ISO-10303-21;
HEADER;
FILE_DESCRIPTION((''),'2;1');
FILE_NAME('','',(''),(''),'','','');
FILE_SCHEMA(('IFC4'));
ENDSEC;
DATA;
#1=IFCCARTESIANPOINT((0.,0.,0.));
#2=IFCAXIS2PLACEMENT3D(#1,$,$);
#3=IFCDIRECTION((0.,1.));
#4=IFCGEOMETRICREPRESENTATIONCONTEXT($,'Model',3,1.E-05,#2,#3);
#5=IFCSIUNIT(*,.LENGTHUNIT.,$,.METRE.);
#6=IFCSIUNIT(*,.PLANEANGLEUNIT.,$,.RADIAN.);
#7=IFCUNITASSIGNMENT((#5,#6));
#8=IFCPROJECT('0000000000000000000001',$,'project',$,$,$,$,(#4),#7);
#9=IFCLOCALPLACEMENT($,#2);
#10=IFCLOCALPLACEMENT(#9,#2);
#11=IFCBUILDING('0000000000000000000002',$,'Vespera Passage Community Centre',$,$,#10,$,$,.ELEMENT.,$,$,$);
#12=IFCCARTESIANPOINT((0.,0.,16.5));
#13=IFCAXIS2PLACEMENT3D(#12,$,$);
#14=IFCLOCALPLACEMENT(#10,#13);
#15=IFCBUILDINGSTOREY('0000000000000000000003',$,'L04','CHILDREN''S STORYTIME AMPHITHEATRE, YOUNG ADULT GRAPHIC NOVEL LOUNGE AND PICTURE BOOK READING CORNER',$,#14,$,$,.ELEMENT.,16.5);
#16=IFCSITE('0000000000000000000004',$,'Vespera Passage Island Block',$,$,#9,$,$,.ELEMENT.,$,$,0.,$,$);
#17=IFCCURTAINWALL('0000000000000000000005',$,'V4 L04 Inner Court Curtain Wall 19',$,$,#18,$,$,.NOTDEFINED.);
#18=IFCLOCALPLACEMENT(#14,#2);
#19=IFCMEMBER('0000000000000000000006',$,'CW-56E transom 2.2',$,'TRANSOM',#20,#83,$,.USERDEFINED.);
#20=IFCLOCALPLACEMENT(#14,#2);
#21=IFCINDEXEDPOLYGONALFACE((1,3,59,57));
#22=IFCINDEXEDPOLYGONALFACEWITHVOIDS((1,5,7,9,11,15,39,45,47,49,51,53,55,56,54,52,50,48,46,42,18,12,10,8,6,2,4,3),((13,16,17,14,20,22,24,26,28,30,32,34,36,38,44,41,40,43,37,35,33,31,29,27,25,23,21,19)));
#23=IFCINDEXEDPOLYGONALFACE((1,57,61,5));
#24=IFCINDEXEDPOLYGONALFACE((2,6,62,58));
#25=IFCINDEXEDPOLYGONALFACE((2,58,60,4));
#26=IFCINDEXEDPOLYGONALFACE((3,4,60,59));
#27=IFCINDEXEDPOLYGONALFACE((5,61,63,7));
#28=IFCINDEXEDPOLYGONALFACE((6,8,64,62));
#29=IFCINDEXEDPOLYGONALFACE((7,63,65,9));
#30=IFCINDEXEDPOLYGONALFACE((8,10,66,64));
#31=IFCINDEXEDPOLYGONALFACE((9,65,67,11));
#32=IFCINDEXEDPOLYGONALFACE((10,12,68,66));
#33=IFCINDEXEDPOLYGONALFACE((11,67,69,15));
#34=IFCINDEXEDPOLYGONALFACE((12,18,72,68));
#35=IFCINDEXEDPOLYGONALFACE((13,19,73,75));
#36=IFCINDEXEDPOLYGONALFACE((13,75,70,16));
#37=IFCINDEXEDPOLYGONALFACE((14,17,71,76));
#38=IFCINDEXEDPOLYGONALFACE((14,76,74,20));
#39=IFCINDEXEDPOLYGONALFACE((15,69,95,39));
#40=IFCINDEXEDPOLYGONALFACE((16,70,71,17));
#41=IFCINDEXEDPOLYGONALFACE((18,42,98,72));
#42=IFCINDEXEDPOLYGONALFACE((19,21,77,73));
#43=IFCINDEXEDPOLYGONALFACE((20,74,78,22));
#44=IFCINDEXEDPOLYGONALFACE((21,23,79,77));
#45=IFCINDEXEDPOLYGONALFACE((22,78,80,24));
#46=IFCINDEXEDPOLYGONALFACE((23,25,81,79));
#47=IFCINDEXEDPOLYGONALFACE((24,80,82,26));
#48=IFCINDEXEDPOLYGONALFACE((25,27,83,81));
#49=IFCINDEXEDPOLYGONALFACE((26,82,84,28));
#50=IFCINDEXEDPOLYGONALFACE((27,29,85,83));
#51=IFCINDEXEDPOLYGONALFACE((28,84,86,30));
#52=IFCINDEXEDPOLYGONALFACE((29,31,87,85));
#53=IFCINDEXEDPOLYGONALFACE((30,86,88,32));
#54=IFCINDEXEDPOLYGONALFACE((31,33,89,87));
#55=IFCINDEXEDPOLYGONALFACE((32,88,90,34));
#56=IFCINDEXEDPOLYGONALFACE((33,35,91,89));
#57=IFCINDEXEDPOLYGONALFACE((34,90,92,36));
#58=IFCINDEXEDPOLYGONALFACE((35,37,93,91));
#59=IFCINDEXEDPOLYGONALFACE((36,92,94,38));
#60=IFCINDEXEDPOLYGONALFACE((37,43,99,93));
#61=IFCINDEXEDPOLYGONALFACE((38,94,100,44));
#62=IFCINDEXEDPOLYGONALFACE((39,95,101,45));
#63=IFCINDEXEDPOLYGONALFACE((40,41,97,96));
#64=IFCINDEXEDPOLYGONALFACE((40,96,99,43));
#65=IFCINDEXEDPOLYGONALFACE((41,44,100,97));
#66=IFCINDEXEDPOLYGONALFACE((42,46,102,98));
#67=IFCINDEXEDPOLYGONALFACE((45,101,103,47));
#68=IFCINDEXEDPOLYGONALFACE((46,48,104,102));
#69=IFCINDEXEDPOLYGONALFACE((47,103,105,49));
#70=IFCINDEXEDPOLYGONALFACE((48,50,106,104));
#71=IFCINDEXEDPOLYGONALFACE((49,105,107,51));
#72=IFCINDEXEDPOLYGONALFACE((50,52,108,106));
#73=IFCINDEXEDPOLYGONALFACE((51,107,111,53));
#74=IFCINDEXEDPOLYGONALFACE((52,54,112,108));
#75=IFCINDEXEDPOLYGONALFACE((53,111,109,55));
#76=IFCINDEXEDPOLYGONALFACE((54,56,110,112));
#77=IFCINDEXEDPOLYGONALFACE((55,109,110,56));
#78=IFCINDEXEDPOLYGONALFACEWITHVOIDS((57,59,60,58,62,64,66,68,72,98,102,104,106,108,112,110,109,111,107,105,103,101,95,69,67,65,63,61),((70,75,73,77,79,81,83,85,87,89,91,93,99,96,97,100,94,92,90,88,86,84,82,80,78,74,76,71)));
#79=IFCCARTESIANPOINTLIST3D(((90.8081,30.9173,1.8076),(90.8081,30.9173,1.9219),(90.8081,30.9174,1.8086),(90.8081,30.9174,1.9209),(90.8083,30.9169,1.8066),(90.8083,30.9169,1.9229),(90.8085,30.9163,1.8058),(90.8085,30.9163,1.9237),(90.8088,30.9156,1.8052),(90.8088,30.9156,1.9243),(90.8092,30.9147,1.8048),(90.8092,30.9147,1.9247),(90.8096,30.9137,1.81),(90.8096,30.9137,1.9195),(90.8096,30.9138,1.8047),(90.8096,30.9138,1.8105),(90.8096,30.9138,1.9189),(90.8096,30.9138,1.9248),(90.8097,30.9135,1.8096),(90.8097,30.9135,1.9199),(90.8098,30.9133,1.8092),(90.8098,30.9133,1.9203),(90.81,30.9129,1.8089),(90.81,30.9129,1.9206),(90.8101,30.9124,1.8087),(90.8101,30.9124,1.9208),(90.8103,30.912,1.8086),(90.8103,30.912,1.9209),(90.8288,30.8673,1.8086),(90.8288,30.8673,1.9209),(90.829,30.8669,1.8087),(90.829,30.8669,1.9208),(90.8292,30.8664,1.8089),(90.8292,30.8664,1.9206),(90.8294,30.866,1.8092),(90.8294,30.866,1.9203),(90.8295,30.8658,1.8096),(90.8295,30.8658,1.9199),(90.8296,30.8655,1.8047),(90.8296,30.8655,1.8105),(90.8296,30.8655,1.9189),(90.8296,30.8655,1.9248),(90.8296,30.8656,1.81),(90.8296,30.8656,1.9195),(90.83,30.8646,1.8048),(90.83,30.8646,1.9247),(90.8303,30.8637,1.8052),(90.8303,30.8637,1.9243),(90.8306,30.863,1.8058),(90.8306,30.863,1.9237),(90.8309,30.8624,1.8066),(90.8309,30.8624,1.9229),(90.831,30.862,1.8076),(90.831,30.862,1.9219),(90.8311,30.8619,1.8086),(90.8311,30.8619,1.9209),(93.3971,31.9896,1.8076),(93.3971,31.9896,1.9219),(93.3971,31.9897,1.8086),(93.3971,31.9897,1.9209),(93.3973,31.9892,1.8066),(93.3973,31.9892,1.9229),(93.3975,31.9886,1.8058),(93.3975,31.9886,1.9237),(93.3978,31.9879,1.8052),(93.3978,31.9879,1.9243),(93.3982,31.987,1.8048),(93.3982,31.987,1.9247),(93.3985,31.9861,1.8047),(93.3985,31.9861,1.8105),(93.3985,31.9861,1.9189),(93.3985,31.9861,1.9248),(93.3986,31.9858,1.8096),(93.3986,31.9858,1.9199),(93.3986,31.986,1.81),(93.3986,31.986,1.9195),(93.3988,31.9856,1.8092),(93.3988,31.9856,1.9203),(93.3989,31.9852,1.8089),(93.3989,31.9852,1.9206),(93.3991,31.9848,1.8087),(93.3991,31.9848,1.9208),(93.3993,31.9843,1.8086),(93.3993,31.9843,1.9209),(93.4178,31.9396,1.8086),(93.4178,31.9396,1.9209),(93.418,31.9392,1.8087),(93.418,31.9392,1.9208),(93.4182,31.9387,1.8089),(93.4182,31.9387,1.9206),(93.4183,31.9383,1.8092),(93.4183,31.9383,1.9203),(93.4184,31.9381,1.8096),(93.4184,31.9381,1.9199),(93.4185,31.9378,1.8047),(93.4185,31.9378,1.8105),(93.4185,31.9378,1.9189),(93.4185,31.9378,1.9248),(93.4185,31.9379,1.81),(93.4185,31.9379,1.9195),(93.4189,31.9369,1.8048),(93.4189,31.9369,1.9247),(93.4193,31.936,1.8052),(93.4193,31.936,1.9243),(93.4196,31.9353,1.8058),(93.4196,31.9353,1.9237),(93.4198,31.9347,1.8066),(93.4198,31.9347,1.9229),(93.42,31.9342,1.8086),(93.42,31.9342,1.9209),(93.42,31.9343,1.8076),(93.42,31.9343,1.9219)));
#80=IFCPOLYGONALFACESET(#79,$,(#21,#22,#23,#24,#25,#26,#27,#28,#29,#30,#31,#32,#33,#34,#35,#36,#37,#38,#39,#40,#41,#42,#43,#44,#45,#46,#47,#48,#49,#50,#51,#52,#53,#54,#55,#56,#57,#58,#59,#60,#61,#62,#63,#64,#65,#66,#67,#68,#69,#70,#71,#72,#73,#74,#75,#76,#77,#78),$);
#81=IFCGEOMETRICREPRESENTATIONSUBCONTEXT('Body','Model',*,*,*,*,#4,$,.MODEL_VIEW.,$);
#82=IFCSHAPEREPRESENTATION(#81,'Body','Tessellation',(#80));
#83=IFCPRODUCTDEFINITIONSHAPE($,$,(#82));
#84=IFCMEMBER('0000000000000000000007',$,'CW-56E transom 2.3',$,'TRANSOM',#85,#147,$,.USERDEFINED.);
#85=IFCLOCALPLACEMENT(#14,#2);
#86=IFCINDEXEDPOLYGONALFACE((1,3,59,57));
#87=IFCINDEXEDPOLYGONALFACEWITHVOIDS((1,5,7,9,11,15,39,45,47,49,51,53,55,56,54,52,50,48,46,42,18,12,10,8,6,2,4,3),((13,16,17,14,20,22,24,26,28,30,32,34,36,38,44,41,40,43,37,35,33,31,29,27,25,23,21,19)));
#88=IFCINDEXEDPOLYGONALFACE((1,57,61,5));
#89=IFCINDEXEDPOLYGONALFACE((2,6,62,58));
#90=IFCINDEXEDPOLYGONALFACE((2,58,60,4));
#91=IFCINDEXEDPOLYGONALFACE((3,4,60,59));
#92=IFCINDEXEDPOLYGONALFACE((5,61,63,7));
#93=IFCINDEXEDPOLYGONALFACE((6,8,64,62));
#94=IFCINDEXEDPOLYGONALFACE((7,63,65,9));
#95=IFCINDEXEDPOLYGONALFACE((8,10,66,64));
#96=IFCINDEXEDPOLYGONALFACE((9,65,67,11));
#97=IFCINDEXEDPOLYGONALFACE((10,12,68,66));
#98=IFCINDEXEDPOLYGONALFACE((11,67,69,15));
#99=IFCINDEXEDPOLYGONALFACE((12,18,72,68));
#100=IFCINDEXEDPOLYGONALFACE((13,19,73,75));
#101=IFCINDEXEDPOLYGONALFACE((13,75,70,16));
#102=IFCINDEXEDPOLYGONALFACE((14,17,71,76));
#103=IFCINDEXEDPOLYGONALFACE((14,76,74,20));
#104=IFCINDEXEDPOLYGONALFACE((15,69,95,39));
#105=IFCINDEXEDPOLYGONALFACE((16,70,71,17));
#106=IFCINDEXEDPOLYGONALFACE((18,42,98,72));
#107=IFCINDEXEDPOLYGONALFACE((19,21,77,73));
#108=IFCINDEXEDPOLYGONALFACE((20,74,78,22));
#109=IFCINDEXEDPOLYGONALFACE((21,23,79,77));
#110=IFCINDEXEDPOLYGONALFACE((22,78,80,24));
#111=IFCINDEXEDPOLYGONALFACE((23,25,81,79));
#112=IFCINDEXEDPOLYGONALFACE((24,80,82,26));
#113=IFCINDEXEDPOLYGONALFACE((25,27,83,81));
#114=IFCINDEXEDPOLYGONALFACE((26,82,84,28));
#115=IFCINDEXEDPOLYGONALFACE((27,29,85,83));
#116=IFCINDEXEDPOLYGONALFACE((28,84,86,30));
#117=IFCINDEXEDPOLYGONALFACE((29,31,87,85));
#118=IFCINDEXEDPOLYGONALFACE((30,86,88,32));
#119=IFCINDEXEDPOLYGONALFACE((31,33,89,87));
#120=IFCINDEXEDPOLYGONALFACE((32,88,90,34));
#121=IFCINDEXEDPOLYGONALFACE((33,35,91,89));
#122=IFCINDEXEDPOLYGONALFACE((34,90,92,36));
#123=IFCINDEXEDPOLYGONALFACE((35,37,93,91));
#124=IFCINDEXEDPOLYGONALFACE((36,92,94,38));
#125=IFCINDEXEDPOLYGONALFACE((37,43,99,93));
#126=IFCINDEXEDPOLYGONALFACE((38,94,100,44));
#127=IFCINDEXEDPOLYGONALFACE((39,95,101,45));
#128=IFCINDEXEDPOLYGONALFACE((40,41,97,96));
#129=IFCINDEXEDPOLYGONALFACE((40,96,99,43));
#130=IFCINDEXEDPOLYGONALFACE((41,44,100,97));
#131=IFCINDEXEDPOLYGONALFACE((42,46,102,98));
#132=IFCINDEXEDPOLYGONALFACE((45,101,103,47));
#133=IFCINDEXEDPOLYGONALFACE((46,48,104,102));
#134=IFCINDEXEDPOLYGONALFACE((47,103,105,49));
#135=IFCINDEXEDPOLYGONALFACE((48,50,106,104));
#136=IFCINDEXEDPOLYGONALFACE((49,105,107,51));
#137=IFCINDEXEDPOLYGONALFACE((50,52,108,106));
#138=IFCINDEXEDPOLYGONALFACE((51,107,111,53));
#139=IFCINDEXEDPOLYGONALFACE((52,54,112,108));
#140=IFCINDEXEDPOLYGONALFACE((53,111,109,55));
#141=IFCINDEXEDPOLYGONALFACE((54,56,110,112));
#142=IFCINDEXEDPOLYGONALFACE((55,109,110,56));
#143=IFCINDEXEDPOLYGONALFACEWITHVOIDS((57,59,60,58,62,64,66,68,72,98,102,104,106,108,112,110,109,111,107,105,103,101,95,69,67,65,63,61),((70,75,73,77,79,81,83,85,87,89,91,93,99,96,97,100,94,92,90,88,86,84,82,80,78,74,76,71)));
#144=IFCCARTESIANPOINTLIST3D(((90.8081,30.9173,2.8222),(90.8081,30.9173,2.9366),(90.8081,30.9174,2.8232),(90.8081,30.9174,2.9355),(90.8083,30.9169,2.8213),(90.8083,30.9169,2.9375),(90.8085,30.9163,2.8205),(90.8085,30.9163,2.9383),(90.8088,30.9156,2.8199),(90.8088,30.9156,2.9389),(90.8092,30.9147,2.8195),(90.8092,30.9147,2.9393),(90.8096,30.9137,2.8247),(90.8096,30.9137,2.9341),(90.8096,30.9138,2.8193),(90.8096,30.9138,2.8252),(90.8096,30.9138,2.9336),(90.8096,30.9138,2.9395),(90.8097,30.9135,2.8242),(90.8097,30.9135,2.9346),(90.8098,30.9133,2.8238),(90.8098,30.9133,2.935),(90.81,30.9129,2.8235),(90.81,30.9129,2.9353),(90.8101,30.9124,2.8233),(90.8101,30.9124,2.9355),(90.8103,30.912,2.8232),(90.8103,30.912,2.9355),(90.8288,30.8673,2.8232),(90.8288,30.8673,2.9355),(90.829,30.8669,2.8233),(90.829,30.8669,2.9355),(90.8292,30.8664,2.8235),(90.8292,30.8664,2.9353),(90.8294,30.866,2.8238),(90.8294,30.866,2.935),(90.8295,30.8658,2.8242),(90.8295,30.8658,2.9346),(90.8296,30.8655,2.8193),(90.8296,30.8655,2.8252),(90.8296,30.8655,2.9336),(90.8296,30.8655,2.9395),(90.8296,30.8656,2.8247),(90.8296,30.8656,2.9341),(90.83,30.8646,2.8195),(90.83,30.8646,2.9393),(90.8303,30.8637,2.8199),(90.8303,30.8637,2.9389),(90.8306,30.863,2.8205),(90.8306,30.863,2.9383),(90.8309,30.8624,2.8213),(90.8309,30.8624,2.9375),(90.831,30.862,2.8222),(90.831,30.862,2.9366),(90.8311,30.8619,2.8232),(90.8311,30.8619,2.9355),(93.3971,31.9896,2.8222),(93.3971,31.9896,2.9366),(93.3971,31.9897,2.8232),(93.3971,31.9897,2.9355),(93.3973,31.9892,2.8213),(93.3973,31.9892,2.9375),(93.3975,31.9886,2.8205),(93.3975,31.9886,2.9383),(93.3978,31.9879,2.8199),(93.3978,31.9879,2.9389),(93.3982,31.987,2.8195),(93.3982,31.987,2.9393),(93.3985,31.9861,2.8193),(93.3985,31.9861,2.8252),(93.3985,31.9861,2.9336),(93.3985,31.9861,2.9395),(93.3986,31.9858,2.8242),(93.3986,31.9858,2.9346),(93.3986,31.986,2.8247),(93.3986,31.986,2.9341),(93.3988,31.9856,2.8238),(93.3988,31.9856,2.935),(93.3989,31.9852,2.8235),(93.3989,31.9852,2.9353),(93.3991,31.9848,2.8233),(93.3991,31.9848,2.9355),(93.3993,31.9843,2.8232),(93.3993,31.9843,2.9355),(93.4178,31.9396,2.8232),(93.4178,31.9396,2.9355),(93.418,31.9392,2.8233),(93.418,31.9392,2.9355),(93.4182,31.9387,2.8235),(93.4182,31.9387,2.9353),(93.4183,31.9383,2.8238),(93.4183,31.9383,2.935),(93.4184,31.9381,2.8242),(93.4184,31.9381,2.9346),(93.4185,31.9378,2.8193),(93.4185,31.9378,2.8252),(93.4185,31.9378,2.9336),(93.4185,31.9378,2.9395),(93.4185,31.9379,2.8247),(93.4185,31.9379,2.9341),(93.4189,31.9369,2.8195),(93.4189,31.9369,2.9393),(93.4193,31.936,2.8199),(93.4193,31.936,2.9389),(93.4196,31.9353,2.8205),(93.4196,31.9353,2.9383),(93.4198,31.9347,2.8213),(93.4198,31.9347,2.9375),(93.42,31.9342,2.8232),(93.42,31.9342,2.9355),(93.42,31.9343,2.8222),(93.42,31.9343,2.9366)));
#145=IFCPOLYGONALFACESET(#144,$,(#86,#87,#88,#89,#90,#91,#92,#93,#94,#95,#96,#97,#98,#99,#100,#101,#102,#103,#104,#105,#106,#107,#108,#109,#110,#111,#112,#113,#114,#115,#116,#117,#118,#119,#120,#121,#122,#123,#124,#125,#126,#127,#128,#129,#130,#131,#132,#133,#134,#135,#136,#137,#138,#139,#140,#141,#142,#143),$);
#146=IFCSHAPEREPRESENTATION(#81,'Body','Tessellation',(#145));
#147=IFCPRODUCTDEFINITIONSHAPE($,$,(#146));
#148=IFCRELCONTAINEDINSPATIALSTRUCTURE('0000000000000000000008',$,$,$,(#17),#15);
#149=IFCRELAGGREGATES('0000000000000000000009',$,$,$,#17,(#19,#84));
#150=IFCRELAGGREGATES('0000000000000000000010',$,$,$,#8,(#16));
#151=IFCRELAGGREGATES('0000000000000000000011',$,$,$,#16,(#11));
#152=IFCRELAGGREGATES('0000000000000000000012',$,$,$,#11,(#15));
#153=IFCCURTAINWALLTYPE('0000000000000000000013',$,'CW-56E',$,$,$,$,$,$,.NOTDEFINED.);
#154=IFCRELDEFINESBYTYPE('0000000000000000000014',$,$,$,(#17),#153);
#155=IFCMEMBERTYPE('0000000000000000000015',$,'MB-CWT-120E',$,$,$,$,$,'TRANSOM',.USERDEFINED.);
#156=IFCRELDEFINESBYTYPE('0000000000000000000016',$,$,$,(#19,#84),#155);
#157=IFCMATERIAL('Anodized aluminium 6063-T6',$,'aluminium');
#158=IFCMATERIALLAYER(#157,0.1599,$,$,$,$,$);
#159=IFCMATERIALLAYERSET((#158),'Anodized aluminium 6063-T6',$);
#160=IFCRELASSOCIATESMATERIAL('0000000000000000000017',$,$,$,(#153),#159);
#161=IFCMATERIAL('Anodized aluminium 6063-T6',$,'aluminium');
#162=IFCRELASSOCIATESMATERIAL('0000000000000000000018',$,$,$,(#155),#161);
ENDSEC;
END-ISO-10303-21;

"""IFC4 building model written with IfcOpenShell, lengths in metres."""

from ifc_helpers import new_model, si_unit, direction, frame, origin, origin_2d, place, context, subcontext, project, spatial, hollow_rectangle, extrude, material, layer, layer_set, material_profile, profile_set, type_object, element, aggregate, save


model = new_model("IFC4")

# Units and contexts
model_context = context("Model", 3, precision=1e-05, world=origin(), true_north=direction((0.0, 1.0)))
body_context = subcontext(model_context, "Body", "Model", "MODEL_VIEW")
ifc_project = project(units=[si_unit("LENGTHUNIT", "METRE"), si_unit("PLANEANGLEUNIT", "RADIAN")], contexts=[model_context])

# Site, building, storey
site_placement = place(None, origin())
site = spatial("IfcSite", under=ifc_project, at=site_placement, Name="Vespera Passage Island Block", CompositionType="ELEMENT", RefElevation=0.0)
building_placement = place(site_placement, origin())
building = spatial("IfcBuilding", under=site, at=building_placement, Name="Vespera Passage Community Centre", CompositionType="ELEMENT")
storey_placement = place(building_placement, frame((0.0, 0.0, 16.5)))
storey = spatial("IfcBuildingStorey", under=building, at=storey_placement, Name="L04", Description="CHILDREN'S STORYTIME AMPHITHEATRE, YOUNG ADULT GRAPHIC NOVEL LOUNGE AND PICTURE BOOK READING CORNER", CompositionType="ELEMENT", Elevation=16.5)

# Curtain wall
ifc_material_1 = material(Name="Anodized aluminium 6063-T6", Category="aluminium")
ifc_layer_1 = layer(ifc_material_1, 0.1599)
ifc_layer_set_1 = layer_set([ifc_layer_1], Name="Anodized aluminium 6063-T6")
curtain_wall_type = type_object("IfcCurtainWallType", Name="CW-56E", PredefinedType="NOTDEFINED", material=ifc_layer_set_1)
curtain_wall_1_placement = place(storey_placement, origin())
curtain_wall_1 = element("IfcCurtainWall", 1, at=curtain_wall_1_placement, inside=storey, type_object=curtain_wall_type, Name="V4 L04 Inner Court Curtain Wall 19", PredefinedType="NOTDEFINED")

# Members
ifc_material_2 = material(Name="Anodized aluminium 6063-T6", Category="aluminium")
ifc_material_profile_1 = material_profile(ifc_material_2, hollow_rectangle(XDim=0.0601, YDim=0.1201, WallThickness=0.0039, InnerFilletRadius=0.002, OuterFilletRadius=0.0039, at=origin_2d()), Name="ALU120X60X4")
ifc_profile_set_1 = profile_set([ifc_material_profile_1], Name="Anodized aluminium 6063-T6")
member_type_1 = type_object("IfcMemberType", Name="MB-CWT-120E", ElementType="TRANSOM", PredefinedType="USERDEFINED", material=ifc_profile_set_1)
member_1_placement = place(storey_placement, frame((90.8196, 30.8896, 1.8647), z_axis=(0.923889, 0.38266, 0.0), x_axis=(-0.38266, 0.923889, 0.0)))
member_1 = element("IfcMember", 2, at=member_1_placement, type_object=member_type_1, Name="CW-56E transom 2.2", ObjectType="TRANSOM", PredefinedType="USERDEFINED", context=body_context, shape_type="SweptSolid", body=[
    extrude(hollow_rectangle(XDim=0.0601, YDim=0.1201, WallThickness=0.0039, InnerFilletRadius=0.002, OuterFilletRadius=0.0039, at=origin_2d()), origin(), (0.0, 0.0, 1.0), 2.8022),
])
member_2_placement = place(storey_placement, frame((90.8196, 30.8896, 2.8794), z_axis=(0.923889, 0.38266, 0.0), x_axis=(-0.38266, 0.923889, 0.0)))
member_2 = element("IfcMember", 3, at=member_2_placement, type_object=member_type_1, Name="CW-56E transom 2.3", ObjectType="TRANSOM", PredefinedType="USERDEFINED", context=body_context, shape_type="SweptSolid", body=[
    extrude(hollow_rectangle(XDim=0.0601, YDim=0.1201, WallThickness=0.0039, InnerFilletRadius=0.002, OuterFilletRadius=0.0039, at=origin_2d()), origin(), (0.0, 0.0, 1.0), 2.8022),
])

aggregate(curtain_wall_1, [member_1, member_2])

save(model, "model.ifc")
